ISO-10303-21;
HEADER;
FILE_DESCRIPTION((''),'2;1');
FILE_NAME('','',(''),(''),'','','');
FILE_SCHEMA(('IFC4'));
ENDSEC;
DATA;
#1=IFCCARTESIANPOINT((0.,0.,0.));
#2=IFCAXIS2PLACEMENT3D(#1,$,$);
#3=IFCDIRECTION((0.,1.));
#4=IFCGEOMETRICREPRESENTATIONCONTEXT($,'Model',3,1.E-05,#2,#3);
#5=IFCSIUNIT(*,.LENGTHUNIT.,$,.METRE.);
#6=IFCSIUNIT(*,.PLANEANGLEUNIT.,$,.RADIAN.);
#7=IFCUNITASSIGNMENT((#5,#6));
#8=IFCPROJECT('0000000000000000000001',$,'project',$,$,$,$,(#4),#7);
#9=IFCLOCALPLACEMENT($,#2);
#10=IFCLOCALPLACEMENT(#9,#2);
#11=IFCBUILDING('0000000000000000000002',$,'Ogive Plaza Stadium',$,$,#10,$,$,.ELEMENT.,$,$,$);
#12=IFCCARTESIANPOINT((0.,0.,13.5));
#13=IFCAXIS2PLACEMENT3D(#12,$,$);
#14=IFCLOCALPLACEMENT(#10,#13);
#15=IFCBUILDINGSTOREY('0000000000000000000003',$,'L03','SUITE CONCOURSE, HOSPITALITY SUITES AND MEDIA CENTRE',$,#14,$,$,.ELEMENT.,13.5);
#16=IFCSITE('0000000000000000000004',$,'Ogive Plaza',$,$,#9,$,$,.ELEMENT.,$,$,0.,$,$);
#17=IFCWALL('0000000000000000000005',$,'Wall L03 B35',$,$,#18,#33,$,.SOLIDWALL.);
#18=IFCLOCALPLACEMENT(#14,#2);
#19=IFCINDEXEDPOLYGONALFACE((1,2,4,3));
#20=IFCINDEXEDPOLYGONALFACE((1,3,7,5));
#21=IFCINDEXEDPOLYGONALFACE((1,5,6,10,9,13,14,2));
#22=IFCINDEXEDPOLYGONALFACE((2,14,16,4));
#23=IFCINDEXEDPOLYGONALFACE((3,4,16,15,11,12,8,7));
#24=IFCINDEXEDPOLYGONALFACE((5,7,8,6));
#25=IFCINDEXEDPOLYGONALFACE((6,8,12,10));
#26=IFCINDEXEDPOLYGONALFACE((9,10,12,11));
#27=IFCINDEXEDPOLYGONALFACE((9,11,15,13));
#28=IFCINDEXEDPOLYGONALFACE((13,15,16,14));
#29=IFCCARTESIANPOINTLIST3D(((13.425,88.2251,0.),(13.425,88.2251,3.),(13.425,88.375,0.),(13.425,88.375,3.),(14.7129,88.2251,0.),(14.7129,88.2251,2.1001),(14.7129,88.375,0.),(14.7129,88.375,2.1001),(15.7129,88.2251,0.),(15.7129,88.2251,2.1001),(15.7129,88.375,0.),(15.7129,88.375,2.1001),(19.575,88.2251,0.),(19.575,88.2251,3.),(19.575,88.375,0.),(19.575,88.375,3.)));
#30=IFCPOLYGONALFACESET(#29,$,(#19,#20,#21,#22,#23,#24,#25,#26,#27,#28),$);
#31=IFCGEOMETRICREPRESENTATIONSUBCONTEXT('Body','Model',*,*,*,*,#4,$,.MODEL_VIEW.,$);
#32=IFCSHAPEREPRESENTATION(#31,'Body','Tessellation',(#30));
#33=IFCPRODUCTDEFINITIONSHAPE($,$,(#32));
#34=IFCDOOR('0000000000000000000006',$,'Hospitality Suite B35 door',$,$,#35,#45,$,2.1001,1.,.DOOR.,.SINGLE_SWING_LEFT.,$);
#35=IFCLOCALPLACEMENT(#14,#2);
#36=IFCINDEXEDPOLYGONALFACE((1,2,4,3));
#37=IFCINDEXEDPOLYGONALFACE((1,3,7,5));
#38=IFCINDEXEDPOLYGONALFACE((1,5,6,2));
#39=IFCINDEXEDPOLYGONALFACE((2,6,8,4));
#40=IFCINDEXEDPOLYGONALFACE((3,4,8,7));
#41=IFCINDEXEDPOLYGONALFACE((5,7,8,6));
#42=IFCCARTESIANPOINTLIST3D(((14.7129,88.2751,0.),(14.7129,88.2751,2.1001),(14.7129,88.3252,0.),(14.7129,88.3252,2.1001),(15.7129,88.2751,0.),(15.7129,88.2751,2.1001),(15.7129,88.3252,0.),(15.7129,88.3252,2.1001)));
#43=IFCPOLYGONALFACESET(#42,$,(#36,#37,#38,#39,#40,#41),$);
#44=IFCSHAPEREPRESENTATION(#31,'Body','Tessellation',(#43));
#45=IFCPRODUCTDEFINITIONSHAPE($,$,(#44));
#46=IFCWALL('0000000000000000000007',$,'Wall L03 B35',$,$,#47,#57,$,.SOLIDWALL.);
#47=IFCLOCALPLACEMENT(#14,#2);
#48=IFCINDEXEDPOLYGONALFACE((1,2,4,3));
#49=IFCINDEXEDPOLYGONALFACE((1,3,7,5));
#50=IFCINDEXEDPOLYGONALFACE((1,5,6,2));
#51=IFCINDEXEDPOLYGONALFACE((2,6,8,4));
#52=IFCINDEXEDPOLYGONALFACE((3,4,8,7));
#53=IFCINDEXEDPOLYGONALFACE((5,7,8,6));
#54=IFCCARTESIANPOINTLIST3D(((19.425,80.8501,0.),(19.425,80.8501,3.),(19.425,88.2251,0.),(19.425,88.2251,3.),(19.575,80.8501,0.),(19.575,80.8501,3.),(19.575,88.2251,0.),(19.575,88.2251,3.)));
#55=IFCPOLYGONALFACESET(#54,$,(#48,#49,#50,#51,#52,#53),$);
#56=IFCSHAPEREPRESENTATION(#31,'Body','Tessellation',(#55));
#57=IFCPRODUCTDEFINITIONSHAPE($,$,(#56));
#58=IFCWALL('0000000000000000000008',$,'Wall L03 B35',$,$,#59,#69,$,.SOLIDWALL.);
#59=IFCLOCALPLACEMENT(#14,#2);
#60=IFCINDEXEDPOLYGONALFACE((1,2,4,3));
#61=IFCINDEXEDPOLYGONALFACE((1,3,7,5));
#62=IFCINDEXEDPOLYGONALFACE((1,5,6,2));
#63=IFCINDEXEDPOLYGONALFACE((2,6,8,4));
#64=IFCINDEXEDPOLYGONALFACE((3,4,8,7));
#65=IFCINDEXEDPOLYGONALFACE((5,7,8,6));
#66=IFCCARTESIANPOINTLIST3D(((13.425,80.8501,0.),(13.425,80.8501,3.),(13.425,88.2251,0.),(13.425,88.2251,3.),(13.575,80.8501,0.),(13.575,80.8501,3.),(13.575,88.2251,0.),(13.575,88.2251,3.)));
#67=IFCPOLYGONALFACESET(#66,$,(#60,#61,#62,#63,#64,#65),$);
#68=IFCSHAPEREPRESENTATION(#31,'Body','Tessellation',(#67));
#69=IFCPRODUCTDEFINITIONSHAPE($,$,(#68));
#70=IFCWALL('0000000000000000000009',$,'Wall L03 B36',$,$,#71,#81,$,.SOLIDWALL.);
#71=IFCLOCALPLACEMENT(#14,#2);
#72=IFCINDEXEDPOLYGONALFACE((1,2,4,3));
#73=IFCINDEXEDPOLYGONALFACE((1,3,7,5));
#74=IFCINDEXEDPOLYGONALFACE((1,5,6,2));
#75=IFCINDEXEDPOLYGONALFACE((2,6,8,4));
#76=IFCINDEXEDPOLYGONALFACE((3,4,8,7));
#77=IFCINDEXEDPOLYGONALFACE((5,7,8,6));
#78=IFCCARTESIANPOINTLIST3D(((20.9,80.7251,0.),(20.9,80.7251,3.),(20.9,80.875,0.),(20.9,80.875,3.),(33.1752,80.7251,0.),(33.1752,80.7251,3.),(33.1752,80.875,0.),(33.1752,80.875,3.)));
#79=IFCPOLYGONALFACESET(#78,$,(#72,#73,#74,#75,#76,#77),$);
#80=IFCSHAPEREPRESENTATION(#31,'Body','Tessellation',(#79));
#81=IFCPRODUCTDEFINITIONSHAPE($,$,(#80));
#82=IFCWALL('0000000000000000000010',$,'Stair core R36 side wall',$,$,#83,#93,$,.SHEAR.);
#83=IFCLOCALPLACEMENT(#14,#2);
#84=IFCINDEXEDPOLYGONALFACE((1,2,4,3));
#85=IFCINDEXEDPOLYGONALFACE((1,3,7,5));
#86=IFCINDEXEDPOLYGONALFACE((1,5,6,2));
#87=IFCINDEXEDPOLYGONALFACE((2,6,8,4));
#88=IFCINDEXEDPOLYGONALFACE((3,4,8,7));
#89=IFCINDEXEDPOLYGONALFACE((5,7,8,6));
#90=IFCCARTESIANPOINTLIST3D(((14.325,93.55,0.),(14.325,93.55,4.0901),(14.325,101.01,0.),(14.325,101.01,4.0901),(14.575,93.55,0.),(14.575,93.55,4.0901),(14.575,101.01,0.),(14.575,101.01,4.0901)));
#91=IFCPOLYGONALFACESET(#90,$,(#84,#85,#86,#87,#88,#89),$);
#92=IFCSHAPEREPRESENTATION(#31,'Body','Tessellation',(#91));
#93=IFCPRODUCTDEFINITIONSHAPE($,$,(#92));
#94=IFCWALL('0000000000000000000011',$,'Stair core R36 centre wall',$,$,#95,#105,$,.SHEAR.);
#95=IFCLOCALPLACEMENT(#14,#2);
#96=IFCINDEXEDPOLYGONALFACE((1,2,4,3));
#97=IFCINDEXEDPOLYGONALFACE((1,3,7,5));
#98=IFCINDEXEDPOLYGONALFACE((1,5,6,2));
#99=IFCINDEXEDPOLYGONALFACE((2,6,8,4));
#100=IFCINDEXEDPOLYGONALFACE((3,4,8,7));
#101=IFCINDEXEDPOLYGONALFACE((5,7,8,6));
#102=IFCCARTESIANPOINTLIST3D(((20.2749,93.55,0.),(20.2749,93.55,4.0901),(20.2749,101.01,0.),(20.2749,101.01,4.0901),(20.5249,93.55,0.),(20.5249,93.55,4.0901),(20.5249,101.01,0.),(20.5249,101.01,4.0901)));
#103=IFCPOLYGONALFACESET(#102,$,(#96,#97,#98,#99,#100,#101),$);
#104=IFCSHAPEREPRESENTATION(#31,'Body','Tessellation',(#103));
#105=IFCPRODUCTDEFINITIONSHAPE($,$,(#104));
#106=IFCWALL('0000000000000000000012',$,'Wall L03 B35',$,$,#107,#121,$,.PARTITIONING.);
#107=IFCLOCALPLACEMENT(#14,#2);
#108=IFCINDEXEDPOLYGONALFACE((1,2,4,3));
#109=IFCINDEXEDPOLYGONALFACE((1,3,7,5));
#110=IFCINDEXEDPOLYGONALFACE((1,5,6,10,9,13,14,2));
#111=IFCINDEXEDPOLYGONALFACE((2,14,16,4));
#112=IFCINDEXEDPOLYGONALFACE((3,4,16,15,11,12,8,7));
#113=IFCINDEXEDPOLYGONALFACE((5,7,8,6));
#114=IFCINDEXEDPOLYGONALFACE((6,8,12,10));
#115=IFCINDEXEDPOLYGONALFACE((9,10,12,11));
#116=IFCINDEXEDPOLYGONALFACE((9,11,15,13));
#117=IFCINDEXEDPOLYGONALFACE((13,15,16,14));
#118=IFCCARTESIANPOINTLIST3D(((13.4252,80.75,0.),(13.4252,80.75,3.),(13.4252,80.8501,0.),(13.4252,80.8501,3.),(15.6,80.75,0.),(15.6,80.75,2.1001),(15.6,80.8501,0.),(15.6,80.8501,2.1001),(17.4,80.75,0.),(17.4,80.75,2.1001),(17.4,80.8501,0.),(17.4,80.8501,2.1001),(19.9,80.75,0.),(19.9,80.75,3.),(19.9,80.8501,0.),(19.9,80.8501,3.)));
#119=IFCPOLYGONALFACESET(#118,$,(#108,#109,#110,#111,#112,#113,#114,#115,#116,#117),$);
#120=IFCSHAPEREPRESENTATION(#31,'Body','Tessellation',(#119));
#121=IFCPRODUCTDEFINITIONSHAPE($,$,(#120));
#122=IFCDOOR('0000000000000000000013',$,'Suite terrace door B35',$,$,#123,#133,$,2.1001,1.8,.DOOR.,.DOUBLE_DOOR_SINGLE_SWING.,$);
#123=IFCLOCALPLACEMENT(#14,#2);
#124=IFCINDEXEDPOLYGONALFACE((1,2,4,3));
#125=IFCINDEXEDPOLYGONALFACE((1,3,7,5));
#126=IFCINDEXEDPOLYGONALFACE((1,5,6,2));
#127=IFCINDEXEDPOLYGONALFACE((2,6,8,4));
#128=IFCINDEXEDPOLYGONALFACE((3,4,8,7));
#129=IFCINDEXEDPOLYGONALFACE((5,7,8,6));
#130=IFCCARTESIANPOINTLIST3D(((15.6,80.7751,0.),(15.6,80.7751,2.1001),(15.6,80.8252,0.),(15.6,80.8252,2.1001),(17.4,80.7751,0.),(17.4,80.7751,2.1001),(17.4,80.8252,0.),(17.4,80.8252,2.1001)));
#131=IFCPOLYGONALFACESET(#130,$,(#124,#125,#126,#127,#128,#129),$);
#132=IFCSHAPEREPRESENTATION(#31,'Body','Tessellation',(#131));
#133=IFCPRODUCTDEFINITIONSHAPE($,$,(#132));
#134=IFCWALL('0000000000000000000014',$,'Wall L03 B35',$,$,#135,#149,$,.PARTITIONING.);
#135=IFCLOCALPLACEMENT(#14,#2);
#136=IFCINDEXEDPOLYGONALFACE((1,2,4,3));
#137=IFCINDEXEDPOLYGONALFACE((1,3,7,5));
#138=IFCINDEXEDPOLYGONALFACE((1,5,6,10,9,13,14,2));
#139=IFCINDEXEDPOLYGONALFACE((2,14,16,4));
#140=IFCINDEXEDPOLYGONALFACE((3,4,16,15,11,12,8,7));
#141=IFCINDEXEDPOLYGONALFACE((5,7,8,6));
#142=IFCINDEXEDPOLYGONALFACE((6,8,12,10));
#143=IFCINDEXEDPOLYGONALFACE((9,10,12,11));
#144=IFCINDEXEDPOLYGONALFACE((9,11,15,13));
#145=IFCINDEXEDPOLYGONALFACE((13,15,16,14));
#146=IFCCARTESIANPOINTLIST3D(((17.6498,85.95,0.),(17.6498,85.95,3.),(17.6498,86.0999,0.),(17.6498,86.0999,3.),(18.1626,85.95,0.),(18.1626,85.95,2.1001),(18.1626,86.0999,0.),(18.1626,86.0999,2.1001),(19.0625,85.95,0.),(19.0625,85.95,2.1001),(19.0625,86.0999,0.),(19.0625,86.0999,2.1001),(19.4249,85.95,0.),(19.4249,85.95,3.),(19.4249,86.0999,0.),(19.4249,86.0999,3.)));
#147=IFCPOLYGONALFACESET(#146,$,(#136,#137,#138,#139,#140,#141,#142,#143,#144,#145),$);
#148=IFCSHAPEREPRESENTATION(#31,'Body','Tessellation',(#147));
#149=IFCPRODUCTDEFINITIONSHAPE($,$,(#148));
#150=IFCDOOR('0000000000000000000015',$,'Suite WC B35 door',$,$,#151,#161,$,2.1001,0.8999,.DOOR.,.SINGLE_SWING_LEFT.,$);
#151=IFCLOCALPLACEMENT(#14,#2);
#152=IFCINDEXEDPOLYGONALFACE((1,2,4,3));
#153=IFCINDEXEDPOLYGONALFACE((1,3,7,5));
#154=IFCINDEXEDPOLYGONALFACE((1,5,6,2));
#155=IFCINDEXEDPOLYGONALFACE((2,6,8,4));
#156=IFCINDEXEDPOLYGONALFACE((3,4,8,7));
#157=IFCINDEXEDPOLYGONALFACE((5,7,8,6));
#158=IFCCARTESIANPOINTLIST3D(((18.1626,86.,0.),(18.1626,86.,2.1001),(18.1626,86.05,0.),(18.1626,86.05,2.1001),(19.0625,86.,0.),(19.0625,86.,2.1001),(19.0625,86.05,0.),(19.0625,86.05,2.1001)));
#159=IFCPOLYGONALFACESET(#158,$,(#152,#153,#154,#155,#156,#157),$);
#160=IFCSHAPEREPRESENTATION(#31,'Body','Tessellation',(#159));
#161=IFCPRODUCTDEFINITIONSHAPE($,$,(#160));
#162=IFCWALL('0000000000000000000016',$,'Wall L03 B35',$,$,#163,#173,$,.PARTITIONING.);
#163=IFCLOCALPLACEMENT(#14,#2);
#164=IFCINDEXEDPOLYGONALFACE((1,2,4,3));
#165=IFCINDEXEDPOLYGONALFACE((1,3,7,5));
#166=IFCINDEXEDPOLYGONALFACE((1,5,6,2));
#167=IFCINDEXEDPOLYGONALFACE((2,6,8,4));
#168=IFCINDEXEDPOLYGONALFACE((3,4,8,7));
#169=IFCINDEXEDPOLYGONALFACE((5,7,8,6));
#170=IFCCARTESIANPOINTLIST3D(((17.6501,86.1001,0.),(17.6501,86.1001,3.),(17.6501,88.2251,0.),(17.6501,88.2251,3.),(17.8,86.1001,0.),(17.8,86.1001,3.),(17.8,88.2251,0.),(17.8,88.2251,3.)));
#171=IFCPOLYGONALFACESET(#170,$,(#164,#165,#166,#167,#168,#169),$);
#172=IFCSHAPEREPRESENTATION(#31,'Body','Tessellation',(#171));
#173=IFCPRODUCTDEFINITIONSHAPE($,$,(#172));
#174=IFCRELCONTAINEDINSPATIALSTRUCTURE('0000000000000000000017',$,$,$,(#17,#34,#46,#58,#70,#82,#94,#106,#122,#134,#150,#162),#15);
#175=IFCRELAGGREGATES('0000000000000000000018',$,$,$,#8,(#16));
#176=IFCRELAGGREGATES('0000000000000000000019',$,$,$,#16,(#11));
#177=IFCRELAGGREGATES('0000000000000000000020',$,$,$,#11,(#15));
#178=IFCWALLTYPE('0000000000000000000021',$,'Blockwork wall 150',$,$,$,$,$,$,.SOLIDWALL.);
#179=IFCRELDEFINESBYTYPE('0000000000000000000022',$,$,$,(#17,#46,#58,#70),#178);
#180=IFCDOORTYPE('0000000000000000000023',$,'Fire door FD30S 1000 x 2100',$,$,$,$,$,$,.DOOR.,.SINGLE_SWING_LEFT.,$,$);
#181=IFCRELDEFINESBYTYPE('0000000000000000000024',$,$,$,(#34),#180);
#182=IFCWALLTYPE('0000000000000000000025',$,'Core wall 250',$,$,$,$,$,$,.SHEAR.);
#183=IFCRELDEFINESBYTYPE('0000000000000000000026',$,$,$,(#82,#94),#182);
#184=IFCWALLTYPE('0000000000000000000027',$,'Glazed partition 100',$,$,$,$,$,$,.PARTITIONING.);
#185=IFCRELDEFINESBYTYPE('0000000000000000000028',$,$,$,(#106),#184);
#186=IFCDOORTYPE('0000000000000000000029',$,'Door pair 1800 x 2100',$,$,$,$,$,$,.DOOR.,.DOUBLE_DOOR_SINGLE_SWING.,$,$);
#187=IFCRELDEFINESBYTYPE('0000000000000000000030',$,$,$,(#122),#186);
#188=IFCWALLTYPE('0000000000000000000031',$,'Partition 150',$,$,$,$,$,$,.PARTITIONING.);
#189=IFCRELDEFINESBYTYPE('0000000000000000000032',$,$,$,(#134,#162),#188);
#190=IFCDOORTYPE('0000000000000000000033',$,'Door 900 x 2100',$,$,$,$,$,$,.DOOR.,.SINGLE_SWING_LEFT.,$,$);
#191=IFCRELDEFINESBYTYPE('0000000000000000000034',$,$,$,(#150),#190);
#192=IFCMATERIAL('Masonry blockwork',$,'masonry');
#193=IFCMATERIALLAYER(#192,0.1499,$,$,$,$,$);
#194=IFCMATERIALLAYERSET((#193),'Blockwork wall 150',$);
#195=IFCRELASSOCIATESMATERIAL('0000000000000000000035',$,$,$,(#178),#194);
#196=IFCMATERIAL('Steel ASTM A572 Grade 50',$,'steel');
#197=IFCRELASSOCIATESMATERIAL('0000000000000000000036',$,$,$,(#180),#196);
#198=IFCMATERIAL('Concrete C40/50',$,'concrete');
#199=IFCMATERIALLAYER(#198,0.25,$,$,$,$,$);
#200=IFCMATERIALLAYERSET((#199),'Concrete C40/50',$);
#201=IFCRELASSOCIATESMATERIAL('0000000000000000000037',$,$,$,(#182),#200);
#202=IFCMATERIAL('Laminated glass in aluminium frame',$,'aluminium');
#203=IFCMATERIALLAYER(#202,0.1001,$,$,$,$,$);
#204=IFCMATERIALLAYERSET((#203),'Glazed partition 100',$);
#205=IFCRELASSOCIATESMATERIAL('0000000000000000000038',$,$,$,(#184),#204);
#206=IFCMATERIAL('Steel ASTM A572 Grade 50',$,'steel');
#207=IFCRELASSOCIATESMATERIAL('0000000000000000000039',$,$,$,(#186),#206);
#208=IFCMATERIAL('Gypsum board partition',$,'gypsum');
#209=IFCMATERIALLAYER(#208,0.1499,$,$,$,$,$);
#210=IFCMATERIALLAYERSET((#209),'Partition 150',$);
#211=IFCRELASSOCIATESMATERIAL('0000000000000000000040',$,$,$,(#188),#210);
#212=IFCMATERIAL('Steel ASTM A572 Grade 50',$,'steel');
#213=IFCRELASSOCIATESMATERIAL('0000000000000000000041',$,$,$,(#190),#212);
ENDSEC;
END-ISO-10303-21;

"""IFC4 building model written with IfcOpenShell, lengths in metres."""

from ifc_helpers import new_model, si_unit, direction, frame, frame_2d, origin, place, context, subcontext, project, spatial, rectangle, extrude, material, layer, layer_set, type_object, element, fill, save


model = new_model("IFC4")

# Units and contexts
model_context = context("Model", 3, precision=1e-05, world=origin(), true_north=direction((0.0, 1.0)))
body_context = subcontext(model_context, "Body", "Model", "MODEL_VIEW")
ifc_project = project(units=[si_unit("LENGTHUNIT", "METRE"), si_unit("PLANEANGLEUNIT", "RADIAN")], contexts=[model_context])

# Site, building, storey
site_placement = place(None, origin())
site = spatial("IfcSite", under=ifc_project, at=site_placement, Name="Ogive Plaza", CompositionType="ELEMENT", RefElevation=0.0)
building_placement = place(site_placement, origin())
building = spatial("IfcBuilding", under=site, at=building_placement, Name="Ogive Plaza Stadium", CompositionType="ELEMENT")
storey_placement = place(building_placement, frame((0.0, 0.0, 13.5)))
storey = spatial("IfcBuildingStorey", under=building, at=storey_placement, Name="L03", Description="SUITE CONCOURSE, HOSPITALITY SUITES AND MEDIA CENTRE", CompositionType="ELEMENT", Elevation=13.5)

# Shared definitions
ifc_material_1 = material(Name="Masonry blockwork", Category="masonry")
ifc_layer_1 = layer(ifc_material_1, 0.1499)
ifc_layer_set_1 = layer_set([ifc_layer_1], Name="Blockwork wall 150")
wall_type_1 = type_object("IfcWallType", Name="Blockwork wall 150", PredefinedType="SOLIDWALL", material=ifc_layer_set_1)

# Wall, opening, door
wall_1_placement = place(storey_placement, frame((19.575, 88.3, 0.0), z_axis=(0.0, 0.0, 1.0), x_axis=(-1.0, 0.0, 0.0)))
wall_1 = element("IfcWall", 1, at=wall_1_placement, inside=storey, type_object=wall_type_1, Name="Wall L03 B35", PredefinedType="SOLIDWALL", context=body_context, shape_type="SweptSolid", body=[
    extrude(rectangle(XDim=6.1499, YDim=0.1499, at=frame_2d((3.075, 0.0))), origin(), (0.0, 0.0, 1.0), 3.0),
])
opening_1_placement = place(wall_1_placement, frame((3.8621, 0.0, 0.0)))
opening_1 = element("IfcOpeningElement", 2, at=opening_1_placement, cuts=wall_1, PredefinedType="OPENING", context=body_context, shape_type="SweptSolid", body=[
    extrude(rectangle(XDim=1.0, YDim=2.1001, at=frame_2d((0.5, 1.05))), frame((0.0, 0.075, 0.0), z_axis=(0.0, -1.0, 0.0), x_axis=(1.0, 0.0, 0.0)), (0.0, 0.0, 1.0), 0.1499),
])
ifc_material_2 = material(Name="Steel ASTM A572 Grade 50", Category="steel")
door_type_1 = type_object("IfcDoorType", Name="Fire door FD30S 1000 x 2100", OperationType="SINGLE_SWING_LEFT", PredefinedType="DOOR", material=ifc_material_2)
door_1_placement = place(opening_1_placement, origin())
door_1 = element("IfcDoor", 3, at=door_1_placement, inside=storey, type_object=door_type_1, Name="Hospitality Suite B35 door", OperationType="SINGLE_SWING_LEFT", OverallHeight=2.1001, OverallWidth=1.0, PredefinedType="DOOR", context=body_context, shape_type="SweptSolid", body=[
    extrude(rectangle(XDim=1.0, YDim=2.1001, at=frame_2d((0.5, 1.05))), frame((0.0, 0.0249, 0.0), z_axis=(0.0, -1.0, 0.0), x_axis=(1.0, 0.0, 0.0)), (0.0, 0.0, 1.0), 0.05),
])
fill(opening_1, door_1)

# Walls
for number, where, z_axis, x_axis, name in (
    (4, (19.5, 80.8501, 0.0), (0.0, 0.0, 1.0), (0.0, 1.0, 0.0), "Wall L03 B35"),
    (5, (13.5, 80.8501, 0.0), (0.0, 0.0, 1.0), (0.0, 1.0, 0.0), "Wall L03 B35"),
):
    element("IfcWall", number, at=place(storey_placement, frame(where, z_axis=z_axis, x_axis=x_axis)), inside=storey, type_object=wall_type_1, Name=name, PredefinedType="SOLIDWALL", context=body_context, shape_type="SweptSolid", body=[
        extrude(rectangle(XDim=7.375, YDim=0.1499, at=frame_2d((3.6875, 0.0))), origin(), (0.0, 0.0, 1.0), 3.0),
    ])
wall_2_placement = place(storey_placement, frame((20.8999, 80.8, 0.0), z_axis=(0.0, 0.0, 1.0), x_axis=(1.0, 0.0, 0.0)))
element("IfcWall", 6, at=wall_2_placement, inside=storey, type_object=wall_type_1, Name="Wall L03 B36", PredefinedType="SOLIDWALL", context=body_context, shape_type="SweptSolid", body=[
    extrude(rectangle(XDim=12.2751, YDim=0.1499, at=frame_2d((6.1377, 0.0))), origin(), (0.0, 0.0, 1.0), 3.0),
])
ifc_material_3 = material(Name="Concrete C40/50", Category="concrete")
ifc_layer_2 = layer(ifc_material_3, 0.25)
ifc_layer_set_2 = layer_set([ifc_layer_2], Name="Concrete C40/50")
wall_type_2 = type_object("IfcWallType", Name="Core wall 250", PredefinedType="SHEAR", material=ifc_layer_set_2)
for number, where, z_axis, x_axis, name in (
    (7, (14.45, 93.55, 0.0), (0.0, 0.0, 1.0), (0.0, 1.0, 0.0), "Stair core R36 side wall"),
    (8, (20.3999, 93.55, 0.0), (0.0, 0.0, 1.0), (0.0, 1.0, 0.0), "Stair core R36 centre wall"),
):
    element("IfcWall", number, at=place(storey_placement, frame(where, z_axis=z_axis, x_axis=x_axis)), inside=storey, type_object=wall_type_2, Name=name, PredefinedType="SHEAR", context=body_context, shape_type="SweptSolid", body=[
        extrude(rectangle(XDim=7.46, YDim=0.25, at=frame_2d((3.73, 0.0))), origin(), (0.0, 0.0, 1.0), 4.0901),
    ])

# Walls, openings, doors
ifc_material_4 = material(Name="Laminated glass in aluminium frame", Category="aluminium")
ifc_layer_3 = layer(ifc_material_4, 0.1001)
ifc_layer_set_3 = layer_set([ifc_layer_3], Name="Glazed partition 100")
wall_type_3 = type_object("IfcWallType", Name="Glazed partition 100", PredefinedType="PARTITIONING", material=ifc_layer_set_3)
wall_3_placement = place(storey_placement, frame((19.8999, 80.8, 0.0), z_axis=(0.0, 0.0, 1.0), x_axis=(-1.0, 0.0, 0.0)))
wall_3 = element("IfcWall", 9, at=wall_3_placement, inside=storey, type_object=wall_type_3, Name="Wall L03 B35", PredefinedType="PARTITIONING", context=body_context, shape_type="SweptSolid", body=[
    extrude(rectangle(XDim=6.4749, YDim=0.1001, at=frame_2d((3.2373, 0.0))), origin(), (0.0, 0.0, 1.0), 3.0),
])
opening_2_placement = place(wall_3_placement, frame((2.5, 0.0, 0.0)))
opening_2 = element("IfcOpeningElement", 10, at=opening_2_placement, cuts=wall_3, PredefinedType="OPENING", context=body_context, shape_type="SweptSolid", body=[
    extrude(rectangle(XDim=1.8, YDim=2.1001, at=frame_2d((0.8999, 1.05))), frame((0.0, 0.05, 0.0), z_axis=(0.0, -1.0, 0.0), x_axis=(1.0, 0.0, 0.0)), (0.0, 0.0, 1.0), 0.1001),
])
ifc_material_5 = material(Name="Steel ASTM A572 Grade 50", Category="steel")
door_type_2 = type_object("IfcDoorType", Name="Door pair 1800 x 2100", OperationType="DOUBLE_DOOR_SINGLE_SWING", PredefinedType="DOOR", material=ifc_material_5)
door_2_placement = place(opening_2_placement, origin())
door_2 = element("IfcDoor", 11, at=door_2_placement, inside=storey, type_object=door_type_2, Name="Suite terrace door B35", OperationType="DOUBLE_DOOR_SINGLE_SWING", OverallHeight=2.1001, OverallWidth=1.8, PredefinedType="DOOR", context=body_context, shape_type="SweptSolid", body=[
    extrude(rectangle(XDim=1.8, YDim=2.1001, at=frame_2d((0.8999, 1.05))), frame((0.0, 0.0249, 0.0), z_axis=(0.0, -1.0, 0.0), x_axis=(1.0, 0.0, 0.0)), (0.0, 0.0, 1.0), 0.05),
])
fill(opening_2, door_2)
ifc_material_6 = material(Name="Gypsum board partition", Category="gypsum")
ifc_layer_4 = layer(ifc_material_6, 0.1499)
ifc_layer_set_4 = layer_set([ifc_layer_4], Name="Partition 150")
wall_type_4 = type_object("IfcWallType", Name="Partition 150", PredefinedType="PARTITIONING", material=ifc_layer_set_4)
wall_4_placement = place(storey_placement, frame((19.425, 86.0249, 0.0), z_axis=(0.0, 0.0, 1.0), x_axis=(-1.0, 0.0, 0.0)))
wall_4 = element("IfcWall", 12, at=wall_4_placement, inside=storey, type_object=wall_type_4, Name="Wall L03 B35", PredefinedType="PARTITIONING", context=body_context, shape_type="SweptSolid", body=[
    extrude(rectangle(XDim=1.7751, YDim=0.1499, at=frame_2d((0.8877, 0.0))), origin(), (0.0, 0.0, 1.0), 3.0),
])
opening_3_placement = place(wall_4_placement, frame((0.3625, 0.0, 0.0)))
opening_3 = element("IfcOpeningElement", 13, at=opening_3_placement, cuts=wall_4, PredefinedType="OPENING", context=body_context, shape_type="SweptSolid", body=[
    extrude(rectangle(XDim=0.8999, YDim=2.1001, at=frame_2d((0.45, 1.05))), frame((0.0, 0.075, 0.0), z_axis=(0.0, -1.0, 0.0), x_axis=(1.0, 0.0, 0.0)), (0.0, 0.0, 1.0), 0.1499),
])
ifc_material_7 = material(Name="Steel ASTM A572 Grade 50", Category="steel")
door_type_3 = type_object("IfcDoorType", Name="Door 900 x 2100", OperationType="SINGLE_SWING_LEFT", PredefinedType="DOOR", material=ifc_material_7)
door_3_placement = place(opening_3_placement, origin())
door_3 = element("IfcDoor", 14, at=door_3_placement, inside=storey, type_object=door_type_3, Name="Suite WC B35 door", OperationType="SINGLE_SWING_LEFT", OverallHeight=2.1001, OverallWidth=0.8999, PredefinedType="DOOR", context=body_context, shape_type="SweptSolid", body=[
    extrude(rectangle(XDim=0.8999, YDim=2.1001, at=frame_2d((0.45, 1.05))), frame((0.0, 0.0249, 0.0), z_axis=(0.0, -1.0, 0.0), x_axis=(1.0, 0.0, 0.0)), (0.0, 0.0, 1.0), 0.05),
])
fill(opening_3, door_3)

# Wall
wall_5_placement = place(storey_placement, frame((17.7251, 86.1001, 0.0), z_axis=(0.0, 0.0, 1.0), x_axis=(0.0, 1.0, 0.0)))
element("IfcWall", 15, at=wall_5_placement, inside=storey, type_object=wall_type_4, Name="Wall L03 B35", PredefinedType="PARTITIONING", context=body_context, shape_type="SweptSolid", body=[
    extrude(rectangle(XDim=2.125, YDim=0.1499, at=frame_2d((1.0625, 0.0))), origin(), (0.0, 0.0, 1.0), 3.0),
])

save(model, "model.ifc")
